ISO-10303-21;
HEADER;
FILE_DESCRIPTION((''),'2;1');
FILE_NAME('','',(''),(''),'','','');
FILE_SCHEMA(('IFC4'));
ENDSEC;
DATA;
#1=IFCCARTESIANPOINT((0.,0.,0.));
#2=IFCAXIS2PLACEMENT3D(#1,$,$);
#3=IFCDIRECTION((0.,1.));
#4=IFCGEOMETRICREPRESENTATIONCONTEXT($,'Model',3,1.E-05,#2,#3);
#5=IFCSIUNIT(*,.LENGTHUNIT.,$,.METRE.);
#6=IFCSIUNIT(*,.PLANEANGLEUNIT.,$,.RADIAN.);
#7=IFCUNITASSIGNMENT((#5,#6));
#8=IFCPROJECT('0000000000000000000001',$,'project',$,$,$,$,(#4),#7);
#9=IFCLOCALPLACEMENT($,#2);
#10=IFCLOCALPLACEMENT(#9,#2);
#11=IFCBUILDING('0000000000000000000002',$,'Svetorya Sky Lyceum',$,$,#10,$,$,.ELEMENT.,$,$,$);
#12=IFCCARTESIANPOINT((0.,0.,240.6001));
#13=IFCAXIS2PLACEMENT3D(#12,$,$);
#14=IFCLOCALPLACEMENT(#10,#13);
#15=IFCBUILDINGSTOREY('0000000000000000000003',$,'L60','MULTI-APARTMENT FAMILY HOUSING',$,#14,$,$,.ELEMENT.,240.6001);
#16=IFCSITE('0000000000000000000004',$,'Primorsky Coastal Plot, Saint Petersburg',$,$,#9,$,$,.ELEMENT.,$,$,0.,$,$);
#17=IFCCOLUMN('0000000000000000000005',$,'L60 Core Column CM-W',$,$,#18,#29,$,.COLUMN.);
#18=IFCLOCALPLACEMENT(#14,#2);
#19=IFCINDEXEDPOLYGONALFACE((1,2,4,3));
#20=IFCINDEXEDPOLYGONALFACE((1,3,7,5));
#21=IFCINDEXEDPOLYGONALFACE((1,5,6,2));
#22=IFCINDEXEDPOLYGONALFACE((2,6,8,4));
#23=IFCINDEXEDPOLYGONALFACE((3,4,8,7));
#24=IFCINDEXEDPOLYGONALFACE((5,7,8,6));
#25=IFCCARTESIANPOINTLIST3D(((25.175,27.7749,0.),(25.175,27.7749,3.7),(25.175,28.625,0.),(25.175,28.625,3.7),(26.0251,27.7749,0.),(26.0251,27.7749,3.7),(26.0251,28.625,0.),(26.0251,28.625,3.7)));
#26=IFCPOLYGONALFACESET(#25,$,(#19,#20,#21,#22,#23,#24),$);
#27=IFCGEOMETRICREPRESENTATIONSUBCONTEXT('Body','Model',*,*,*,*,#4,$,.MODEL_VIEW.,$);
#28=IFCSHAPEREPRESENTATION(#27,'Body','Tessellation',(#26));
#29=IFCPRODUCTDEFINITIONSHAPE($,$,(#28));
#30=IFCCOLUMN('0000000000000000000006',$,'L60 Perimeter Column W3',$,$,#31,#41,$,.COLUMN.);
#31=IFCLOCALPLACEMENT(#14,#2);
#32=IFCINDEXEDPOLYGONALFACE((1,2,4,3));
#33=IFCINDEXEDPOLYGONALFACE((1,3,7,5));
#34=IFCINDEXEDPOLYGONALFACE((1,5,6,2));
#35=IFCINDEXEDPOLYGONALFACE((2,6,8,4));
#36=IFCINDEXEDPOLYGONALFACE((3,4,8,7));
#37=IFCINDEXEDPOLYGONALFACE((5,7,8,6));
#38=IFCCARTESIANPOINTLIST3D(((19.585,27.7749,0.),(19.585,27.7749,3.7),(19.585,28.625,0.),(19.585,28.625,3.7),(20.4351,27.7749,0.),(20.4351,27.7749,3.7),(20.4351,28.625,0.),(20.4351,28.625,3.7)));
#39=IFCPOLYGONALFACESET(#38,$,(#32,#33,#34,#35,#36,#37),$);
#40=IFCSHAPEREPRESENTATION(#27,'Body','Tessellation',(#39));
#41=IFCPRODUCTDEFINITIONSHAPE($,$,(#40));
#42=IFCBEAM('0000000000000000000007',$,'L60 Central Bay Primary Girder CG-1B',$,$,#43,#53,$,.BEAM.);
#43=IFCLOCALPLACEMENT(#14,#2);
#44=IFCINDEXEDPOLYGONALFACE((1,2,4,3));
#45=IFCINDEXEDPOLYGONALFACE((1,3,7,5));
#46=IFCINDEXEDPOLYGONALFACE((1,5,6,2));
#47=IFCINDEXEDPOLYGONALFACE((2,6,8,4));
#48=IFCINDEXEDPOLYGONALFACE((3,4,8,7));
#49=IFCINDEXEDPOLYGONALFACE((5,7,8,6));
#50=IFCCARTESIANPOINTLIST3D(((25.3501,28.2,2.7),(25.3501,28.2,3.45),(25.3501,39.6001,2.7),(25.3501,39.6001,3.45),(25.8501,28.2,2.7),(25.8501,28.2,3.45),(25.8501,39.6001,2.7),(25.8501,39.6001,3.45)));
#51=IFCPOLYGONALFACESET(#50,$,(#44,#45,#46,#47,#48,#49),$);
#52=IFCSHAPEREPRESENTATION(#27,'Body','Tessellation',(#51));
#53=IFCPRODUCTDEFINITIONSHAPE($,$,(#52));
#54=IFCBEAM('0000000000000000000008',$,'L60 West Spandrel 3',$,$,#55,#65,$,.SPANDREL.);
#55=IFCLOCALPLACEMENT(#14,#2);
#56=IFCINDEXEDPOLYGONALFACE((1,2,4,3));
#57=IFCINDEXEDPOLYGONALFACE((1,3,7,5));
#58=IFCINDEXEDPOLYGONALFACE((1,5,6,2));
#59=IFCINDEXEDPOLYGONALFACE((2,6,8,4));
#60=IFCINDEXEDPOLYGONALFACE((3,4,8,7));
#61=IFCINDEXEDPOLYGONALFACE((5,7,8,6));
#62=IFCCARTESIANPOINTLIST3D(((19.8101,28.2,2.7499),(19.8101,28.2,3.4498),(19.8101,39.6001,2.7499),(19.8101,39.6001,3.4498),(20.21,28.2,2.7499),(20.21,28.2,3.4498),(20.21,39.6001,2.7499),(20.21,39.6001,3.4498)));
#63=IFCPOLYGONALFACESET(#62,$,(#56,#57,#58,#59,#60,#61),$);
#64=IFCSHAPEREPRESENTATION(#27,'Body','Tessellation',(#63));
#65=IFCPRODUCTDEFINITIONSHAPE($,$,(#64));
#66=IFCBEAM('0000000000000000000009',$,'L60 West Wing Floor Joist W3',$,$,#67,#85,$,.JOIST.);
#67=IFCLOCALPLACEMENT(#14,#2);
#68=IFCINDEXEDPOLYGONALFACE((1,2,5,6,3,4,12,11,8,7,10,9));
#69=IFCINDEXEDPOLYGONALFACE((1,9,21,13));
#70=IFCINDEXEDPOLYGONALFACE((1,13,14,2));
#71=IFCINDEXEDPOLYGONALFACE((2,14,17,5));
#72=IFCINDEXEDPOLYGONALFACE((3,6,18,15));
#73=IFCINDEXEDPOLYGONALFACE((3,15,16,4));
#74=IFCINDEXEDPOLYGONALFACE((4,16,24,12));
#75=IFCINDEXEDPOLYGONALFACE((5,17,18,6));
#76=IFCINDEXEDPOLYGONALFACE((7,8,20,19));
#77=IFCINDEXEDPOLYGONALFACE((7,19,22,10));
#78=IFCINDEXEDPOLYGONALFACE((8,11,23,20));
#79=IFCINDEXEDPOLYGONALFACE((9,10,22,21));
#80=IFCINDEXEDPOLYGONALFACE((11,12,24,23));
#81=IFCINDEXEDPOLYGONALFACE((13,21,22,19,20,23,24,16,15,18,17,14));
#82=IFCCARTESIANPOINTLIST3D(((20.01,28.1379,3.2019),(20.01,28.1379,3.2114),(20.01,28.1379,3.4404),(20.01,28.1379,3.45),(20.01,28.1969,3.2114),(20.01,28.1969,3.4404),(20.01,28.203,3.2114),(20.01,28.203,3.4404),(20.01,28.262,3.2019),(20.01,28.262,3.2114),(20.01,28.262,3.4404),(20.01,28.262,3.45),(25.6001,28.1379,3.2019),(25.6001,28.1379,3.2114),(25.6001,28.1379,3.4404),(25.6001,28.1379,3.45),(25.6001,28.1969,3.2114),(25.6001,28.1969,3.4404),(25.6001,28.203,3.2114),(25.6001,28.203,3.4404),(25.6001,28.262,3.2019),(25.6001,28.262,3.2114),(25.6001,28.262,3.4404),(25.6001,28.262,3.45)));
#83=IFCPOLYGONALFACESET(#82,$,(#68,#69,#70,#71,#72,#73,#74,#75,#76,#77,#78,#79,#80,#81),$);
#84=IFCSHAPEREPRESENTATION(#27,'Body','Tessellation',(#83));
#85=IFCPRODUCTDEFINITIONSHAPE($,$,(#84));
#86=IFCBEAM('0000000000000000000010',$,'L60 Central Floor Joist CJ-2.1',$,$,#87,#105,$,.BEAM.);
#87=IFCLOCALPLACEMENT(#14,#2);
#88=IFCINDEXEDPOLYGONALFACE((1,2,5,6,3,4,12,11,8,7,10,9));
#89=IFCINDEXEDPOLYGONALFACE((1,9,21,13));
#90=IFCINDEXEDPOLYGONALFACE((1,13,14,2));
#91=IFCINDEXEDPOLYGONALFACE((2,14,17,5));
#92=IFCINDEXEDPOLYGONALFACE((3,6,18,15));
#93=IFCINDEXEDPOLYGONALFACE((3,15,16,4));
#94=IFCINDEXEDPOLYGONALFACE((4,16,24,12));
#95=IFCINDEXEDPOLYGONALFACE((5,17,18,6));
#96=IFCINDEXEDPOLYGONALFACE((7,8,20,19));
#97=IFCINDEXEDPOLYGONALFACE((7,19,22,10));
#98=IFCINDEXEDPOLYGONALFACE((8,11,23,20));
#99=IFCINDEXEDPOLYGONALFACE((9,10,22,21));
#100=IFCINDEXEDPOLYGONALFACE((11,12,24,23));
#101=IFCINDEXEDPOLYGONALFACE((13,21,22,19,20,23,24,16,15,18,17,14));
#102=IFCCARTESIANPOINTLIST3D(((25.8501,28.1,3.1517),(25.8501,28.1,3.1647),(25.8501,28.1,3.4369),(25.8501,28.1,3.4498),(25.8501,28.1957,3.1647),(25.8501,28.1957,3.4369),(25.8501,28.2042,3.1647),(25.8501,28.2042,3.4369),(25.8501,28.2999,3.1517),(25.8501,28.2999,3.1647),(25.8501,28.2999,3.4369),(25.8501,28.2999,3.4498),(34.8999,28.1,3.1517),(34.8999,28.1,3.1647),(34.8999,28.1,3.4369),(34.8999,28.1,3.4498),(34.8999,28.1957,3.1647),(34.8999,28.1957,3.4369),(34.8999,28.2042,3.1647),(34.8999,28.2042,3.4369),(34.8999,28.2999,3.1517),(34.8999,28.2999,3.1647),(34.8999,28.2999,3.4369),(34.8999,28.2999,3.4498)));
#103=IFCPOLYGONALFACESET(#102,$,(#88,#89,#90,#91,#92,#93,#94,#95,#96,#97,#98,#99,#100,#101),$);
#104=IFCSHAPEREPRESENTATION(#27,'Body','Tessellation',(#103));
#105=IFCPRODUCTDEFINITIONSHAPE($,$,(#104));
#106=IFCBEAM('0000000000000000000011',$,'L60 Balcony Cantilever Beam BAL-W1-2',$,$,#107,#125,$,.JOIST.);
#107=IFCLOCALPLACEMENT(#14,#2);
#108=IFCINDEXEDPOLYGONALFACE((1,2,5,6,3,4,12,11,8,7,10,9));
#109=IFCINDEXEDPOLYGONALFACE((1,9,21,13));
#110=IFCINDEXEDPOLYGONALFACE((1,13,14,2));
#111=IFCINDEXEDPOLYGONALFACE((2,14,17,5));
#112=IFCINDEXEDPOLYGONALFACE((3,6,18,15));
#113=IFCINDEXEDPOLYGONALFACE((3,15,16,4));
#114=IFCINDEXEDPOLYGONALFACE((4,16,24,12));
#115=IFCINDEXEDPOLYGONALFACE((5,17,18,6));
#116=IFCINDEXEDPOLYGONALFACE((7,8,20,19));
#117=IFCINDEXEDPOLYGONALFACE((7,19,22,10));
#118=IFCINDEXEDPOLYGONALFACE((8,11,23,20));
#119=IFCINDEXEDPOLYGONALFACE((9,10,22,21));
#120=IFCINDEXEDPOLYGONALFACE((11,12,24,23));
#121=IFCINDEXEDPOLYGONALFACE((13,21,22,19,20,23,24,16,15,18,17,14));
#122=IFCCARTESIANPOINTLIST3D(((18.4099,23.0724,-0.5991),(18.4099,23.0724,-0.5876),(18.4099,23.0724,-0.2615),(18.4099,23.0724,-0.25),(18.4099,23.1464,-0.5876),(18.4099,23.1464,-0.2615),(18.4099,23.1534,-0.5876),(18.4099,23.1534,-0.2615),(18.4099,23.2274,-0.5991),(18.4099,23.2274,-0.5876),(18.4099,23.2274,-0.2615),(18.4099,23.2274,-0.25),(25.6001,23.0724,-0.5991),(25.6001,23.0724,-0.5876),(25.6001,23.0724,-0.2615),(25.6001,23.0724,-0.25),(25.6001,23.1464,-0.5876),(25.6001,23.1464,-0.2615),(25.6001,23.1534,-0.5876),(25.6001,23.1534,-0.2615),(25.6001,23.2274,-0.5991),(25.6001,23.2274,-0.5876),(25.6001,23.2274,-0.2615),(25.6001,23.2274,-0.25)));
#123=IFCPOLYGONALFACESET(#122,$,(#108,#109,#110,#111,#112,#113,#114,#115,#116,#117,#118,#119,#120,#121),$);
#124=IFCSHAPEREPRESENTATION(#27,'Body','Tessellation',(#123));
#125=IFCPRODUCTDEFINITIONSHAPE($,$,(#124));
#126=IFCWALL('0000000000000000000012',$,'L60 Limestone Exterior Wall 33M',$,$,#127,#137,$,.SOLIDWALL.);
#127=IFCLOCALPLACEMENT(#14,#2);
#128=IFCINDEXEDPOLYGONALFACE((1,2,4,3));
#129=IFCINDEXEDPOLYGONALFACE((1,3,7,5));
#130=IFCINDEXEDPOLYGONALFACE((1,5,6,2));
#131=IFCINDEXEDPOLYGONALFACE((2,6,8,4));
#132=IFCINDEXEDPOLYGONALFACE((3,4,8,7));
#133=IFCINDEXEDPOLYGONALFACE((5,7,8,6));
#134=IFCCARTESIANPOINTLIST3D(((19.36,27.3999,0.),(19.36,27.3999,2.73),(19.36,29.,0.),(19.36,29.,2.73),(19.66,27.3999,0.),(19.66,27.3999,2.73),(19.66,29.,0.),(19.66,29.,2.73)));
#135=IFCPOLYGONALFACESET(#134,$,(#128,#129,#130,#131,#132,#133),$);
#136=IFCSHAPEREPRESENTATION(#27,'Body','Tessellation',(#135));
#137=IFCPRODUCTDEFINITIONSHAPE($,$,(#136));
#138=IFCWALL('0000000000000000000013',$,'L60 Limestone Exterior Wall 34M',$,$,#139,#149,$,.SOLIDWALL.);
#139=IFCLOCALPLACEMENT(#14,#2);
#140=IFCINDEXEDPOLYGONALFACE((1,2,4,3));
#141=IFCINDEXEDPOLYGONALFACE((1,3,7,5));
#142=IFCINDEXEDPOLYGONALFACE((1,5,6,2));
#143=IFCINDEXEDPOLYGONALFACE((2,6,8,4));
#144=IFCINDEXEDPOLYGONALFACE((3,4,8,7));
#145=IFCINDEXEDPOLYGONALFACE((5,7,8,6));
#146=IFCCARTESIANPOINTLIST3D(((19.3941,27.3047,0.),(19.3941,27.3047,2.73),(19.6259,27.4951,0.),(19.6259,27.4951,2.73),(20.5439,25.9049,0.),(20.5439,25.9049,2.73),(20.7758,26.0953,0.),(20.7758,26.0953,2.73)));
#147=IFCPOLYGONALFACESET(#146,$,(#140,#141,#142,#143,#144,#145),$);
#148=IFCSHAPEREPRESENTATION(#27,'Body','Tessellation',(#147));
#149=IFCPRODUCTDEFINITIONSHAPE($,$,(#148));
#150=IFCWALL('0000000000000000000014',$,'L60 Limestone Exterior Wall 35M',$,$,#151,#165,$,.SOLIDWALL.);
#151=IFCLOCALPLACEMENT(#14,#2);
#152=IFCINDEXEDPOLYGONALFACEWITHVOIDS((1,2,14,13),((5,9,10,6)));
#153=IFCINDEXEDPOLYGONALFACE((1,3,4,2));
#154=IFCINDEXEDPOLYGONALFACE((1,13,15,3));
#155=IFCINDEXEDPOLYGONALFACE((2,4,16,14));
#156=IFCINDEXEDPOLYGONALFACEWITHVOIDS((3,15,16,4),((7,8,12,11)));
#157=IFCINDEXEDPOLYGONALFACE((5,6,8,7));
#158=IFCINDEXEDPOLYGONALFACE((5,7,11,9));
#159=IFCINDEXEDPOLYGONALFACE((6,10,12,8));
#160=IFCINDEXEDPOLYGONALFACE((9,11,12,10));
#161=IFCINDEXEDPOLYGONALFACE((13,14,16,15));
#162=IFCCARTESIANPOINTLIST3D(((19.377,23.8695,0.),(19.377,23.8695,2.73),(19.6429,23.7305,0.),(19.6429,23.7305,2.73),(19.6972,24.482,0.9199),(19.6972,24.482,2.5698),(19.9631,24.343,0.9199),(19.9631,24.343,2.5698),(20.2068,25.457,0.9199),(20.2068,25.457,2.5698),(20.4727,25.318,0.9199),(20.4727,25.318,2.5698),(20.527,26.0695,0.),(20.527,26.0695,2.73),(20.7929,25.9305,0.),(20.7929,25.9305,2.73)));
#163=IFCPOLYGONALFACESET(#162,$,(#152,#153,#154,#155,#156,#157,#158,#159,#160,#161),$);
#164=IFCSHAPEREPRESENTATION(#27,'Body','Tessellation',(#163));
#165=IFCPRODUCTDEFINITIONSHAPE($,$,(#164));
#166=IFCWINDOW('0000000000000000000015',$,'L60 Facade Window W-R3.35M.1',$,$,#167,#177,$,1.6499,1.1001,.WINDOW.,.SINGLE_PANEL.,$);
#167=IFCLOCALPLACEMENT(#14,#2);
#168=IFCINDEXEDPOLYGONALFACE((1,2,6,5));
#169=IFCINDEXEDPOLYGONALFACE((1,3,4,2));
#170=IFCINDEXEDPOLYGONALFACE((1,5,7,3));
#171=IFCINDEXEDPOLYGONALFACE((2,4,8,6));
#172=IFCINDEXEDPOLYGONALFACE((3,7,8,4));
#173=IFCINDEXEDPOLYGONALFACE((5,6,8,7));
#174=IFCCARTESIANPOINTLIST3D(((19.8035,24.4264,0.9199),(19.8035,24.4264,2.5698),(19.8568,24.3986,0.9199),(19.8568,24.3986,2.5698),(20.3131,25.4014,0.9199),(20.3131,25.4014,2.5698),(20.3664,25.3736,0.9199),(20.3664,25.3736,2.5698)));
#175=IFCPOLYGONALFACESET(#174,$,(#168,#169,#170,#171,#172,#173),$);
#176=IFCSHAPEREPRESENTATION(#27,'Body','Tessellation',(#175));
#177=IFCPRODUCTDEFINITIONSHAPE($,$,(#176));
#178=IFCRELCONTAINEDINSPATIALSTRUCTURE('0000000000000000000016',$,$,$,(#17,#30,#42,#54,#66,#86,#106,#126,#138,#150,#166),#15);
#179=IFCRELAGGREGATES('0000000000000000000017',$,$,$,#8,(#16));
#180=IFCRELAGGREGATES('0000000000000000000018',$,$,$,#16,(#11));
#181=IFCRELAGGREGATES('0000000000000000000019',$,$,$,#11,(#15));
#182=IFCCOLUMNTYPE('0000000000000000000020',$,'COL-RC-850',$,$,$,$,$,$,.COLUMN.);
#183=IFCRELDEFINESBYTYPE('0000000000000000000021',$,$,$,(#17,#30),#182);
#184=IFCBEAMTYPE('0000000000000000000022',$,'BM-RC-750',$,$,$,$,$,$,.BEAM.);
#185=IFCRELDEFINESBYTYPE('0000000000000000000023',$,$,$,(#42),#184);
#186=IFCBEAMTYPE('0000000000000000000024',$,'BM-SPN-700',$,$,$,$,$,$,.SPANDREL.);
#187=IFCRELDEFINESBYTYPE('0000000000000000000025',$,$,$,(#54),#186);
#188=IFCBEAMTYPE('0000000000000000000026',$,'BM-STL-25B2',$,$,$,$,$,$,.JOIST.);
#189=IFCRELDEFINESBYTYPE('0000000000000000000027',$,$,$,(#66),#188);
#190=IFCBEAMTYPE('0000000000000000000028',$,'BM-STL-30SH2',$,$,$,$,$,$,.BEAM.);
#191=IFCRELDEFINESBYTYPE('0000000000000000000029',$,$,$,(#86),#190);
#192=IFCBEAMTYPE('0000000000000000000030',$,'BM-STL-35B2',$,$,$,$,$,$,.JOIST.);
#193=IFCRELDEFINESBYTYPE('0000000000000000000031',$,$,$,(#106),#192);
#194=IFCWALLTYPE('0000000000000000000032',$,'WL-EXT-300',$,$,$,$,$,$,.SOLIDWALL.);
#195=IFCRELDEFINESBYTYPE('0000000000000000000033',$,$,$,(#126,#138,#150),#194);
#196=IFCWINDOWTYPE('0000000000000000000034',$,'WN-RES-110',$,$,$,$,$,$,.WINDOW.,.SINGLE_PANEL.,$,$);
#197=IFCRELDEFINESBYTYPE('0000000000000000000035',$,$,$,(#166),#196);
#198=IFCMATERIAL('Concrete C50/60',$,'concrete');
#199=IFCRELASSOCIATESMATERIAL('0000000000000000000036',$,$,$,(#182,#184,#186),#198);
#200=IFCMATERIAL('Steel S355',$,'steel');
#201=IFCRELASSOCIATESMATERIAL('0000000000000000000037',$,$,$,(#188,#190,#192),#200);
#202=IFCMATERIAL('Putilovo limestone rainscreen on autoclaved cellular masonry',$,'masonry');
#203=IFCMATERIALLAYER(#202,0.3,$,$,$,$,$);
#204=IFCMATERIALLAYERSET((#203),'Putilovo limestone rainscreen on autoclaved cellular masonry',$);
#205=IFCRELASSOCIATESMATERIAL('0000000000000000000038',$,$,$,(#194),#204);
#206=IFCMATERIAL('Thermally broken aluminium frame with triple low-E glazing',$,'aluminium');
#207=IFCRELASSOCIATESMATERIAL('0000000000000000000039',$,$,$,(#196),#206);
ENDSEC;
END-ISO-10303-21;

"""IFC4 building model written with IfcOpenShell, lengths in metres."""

from ifc_helpers import new_model, si_unit, direction, frame, frame_2d, origin, origin_2d, place, context, subcontext, project, spatial, rectangle, i_section, extrude, material, layer, layer_set, material_profile, profile_set, type_object, element, fill, save


model = new_model("IFC4")

# Units and contexts
model_context = context("Model", 3, precision=1e-05, world=origin(), true_north=direction((0.0, 1.0)))
body_context = subcontext(model_context, "Body", "Model", "MODEL_VIEW")
ifc_project = project(units=[si_unit("LENGTHUNIT", "METRE"), si_unit("PLANEANGLEUNIT", "RADIAN")], contexts=[model_context])

# Site, building, storey
site_placement = place(None, origin())
site = spatial("IfcSite", under=ifc_project, at=site_placement, Name="Primorsky Coastal Plot, Saint Petersburg", CompositionType="ELEMENT", RefElevation=0.0)
building_placement = place(site_placement, origin())
building = spatial("IfcBuilding", under=site, at=building_placement, Name="Svetorya Sky Lyceum", CompositionType="ELEMENT")
storey_placement = place(building_placement, frame((0.0, 0.0, 240.6001)))
storey = spatial("IfcBuildingStorey", under=building, at=storey_placement, Name="L60", Description="MULTI-APARTMENT FAMILY HOUSING", CompositionType="ELEMENT", Elevation=240.6001)

# Columns
ifc_material_1 = material(Name="Concrete C50/60", Category="concrete")
ifc_material_profile_1 = material_profile(ifc_material_1, rectangle(XDim=0.8501, YDim=0.8501, at=origin_2d()), Name="RC COL 850x850")
ifc_profile_set_1 = profile_set([ifc_material_profile_1], Name="Concrete C50/60")
column_type = type_object("IfcColumnType", Name="COL-RC-850", PredefinedType="COLUMN", material=ifc_profile_set_1)
for number, where, z_axis, x_axis, name in (
    (1, (25.6001, 28.2, 0.0), (0.0, 0.0, 1.0), (1.0, 0.0, 0.0), "L60 Core Column CM-W"),
    (2, (20.01, 28.2, 0.0), (0.0, 0.0, 1.0), (1.0, 0.0, 0.0), "L60 Perimeter Column W3"),
):
    element("IfcColumn", number, at=place(storey_placement, frame(where, z_axis=z_axis, x_axis=x_axis)), inside=storey, type_object=column_type, Name=name, PredefinedType="COLUMN", context=body_context, shape_type="SweptSolid", body=[
        extrude(rectangle(XDim=0.8501, YDim=0.8501, at=origin_2d()), origin(), (0.0, 0.0, 1.0), 3.7),
    ])

# Beams
ifc_material_profile_2 = material_profile(ifc_material_1, rectangle(XDim=0.5, YDim=0.75, at=origin_2d()), Name="RC BEAM 500x750")
ifc_profile_set_2 = profile_set([ifc_material_profile_2], Name="Concrete C50/60")
beam_type_1 = type_object("IfcBeamType", Name="BM-RC-750", PredefinedType="BEAM", material=ifc_profile_set_2)
beam_1_placement = place(storey_placement, frame((25.6001, 28.2, 3.075), z_axis=(0.0, 1.0, 0.0), x_axis=(-1.0, 0.0, 0.0)))
element("IfcBeam", 3, at=beam_1_placement, inside=storey, type_object=beam_type_1, Name="L60 Central Bay Primary Girder CG-1B", PredefinedType="BEAM", context=body_context, shape_type="SweptSolid", body=[
    extrude(rectangle(XDim=0.5, YDim=0.75, at=origin_2d()), origin(), (0.0, 0.0, 1.0), 11.4001),
])
ifc_material_profile_3 = material_profile(ifc_material_1, rectangle(XDim=0.3999, YDim=0.7, at=origin_2d()), Name="RC SPANDREL 400x700")
ifc_profile_set_3 = profile_set([ifc_material_profile_3], Name="Concrete C50/60")
beam_type_2 = type_object("IfcBeamType", Name="BM-SPN-700", PredefinedType="SPANDREL", material=ifc_profile_set_3)
beam_2_placement = place(storey_placement, frame((20.01, 28.2, 3.0999), z_axis=(0.0, 1.0, 0.0), x_axis=(-1.0, 0.0, 0.0)))
element("IfcBeam", 4, at=beam_2_placement, inside=storey, type_object=beam_type_2, Name="L60 West Spandrel 3", PredefinedType="SPANDREL", context=body_context, shape_type="SweptSolid", body=[
    extrude(rectangle(XDim=0.3999, YDim=0.7, at=origin_2d()), origin(), (0.0, 0.0, 1.0), 11.4001),
])
ifc_material_2 = material(Name="Steel S355", Category="steel")
ifc_material_profile_4 = material_profile(ifc_material_2, i_section(OverallWidth=0.124, OverallDepth=0.248, WebThickness=0.0061, FlangeThickness=0.0095, at=origin_2d()), Name="GOST 25B2")
ifc_profile_set_4 = profile_set([ifc_material_profile_4], Name="Steel S355")
beam_type_3 = type_object("IfcBeamType", Name="BM-STL-25B2", PredefinedType="JOIST", material=ifc_profile_set_4)
beam_3_placement = place(storey_placement, frame((20.01, 28.2, 3.3259), z_axis=(1.0, 0.0, 0.0), x_axis=(0.0, 1.0, 0.0)))
element("IfcBeam", 5, at=beam_3_placement, inside=storey, type_object=beam_type_3, Name="L60 West Wing Floor Joist W3", PredefinedType="JOIST", context=body_context, shape_type="SweptSolid", body=[
    extrude(i_section(OverallWidth=0.124, OverallDepth=0.248, WebThickness=0.0061, FlangeThickness=0.0095, at=origin_2d()), origin(), (0.0, 0.0, 1.0), 5.5901),
])
ifc_material_profile_5 = material_profile(ifc_material_2, i_section(OverallWidth=0.2, OverallDepth=0.2981, WebThickness=0.0085, FlangeThickness=0.0129, at=origin_2d()), Name="GOST 30Sh2")
ifc_profile_set_5 = profile_set([ifc_material_profile_5], Name="Steel S355")
beam_type_4 = type_object("IfcBeamType", Name="BM-STL-30SH2", PredefinedType="BEAM", material=ifc_profile_set_5)
beam_4_placement = place(storey_placement, frame((25.8501, 28.2, 3.3008), z_axis=(1.0, 0.0, 0.0), x_axis=(0.0, 1.0, 0.0)))
element("IfcBeam", 6, at=beam_4_placement, inside=storey, type_object=beam_type_4, Name="L60 Central Floor Joist CJ-2.1", PredefinedType="BEAM", context=body_context, shape_type="SweptSolid", body=[
    extrude(i_section(OverallWidth=0.2, OverallDepth=0.2981, WebThickness=0.0085, FlangeThickness=0.0129, at=origin_2d()), origin(), (0.0, 0.0, 1.0), 9.0498),
])
ifc_material_profile_6 = material_profile(ifc_material_2, i_section(OverallWidth=0.155, OverallDepth=0.3491, WebThickness=0.0071, FlangeThickness=0.0115, at=origin_2d()), Name="GOST 35B2")
ifc_profile_set_6 = profile_set([ifc_material_profile_6], Name="Steel S355")
beam_type_5 = type_object("IfcBeamType", Name="BM-STL-35B2", PredefinedType="JOIST", material=ifc_profile_set_6)
beam_5_placement = place(storey_placement, frame((25.6001, 23.1499, -0.4246), z_axis=(-1.0, 0.0, 0.0), x_axis=(0.0, -1.0, 0.0)))
element("IfcBeam", 7, at=beam_5_placement, inside=storey, type_object=beam_type_5, Name="L60 Balcony Cantilever Beam BAL-W1-2", PredefinedType="JOIST", context=body_context, shape_type="SweptSolid", body=[
    extrude(i_section(OverallWidth=0.155, OverallDepth=0.3491, WebThickness=0.0071, FlangeThickness=0.0115, at=origin_2d()), origin(), (0.0, 0.0, 1.0), 7.1902),
])

# Walls
ifc_material_3 = material(Name="Putilovo limestone rainscreen on autoclaved cellular masonry", Category="masonry")
ifc_layer_1 = layer(ifc_material_3, 0.3)
ifc_layer_set_1 = layer_set([ifc_layer_1], Name="Putilovo limestone rainscreen on autoclaved cellular masonry")
wall_type_1 = type_object("IfcWallType", Name="WL-EXT-300", PredefinedType="SOLIDWALL", material=ifc_layer_set_1)
wall_1_placement = place(storey_placement, frame((19.51, 29.0, 0.0), z_axis=(0.0, 0.0, 1.0), x_axis=(0.0, -1.0, 0.0)))
element("IfcWall", 8, at=wall_1_placement, inside=storey, type_object=wall_type_1, Name="L60 Limestone Exterior Wall 33M", PredefinedType="SOLIDWALL", context=body_context, shape_type="SweptSolid", body=[
    extrude(rectangle(XDim=1.6001, YDim=0.3, at=frame_2d((0.8, 0.0))), origin(), (0.0, 0.0, 1.0), 2.73),
])
wall_2_placement = place(storey_placement, frame((19.51, 27.3999, 0.0), z_axis=(0.0, 0.0, 1.0), x_axis=(0.634734, -0.772731, 0.0)))
element("IfcWall", 9, at=wall_2_placement, inside=storey, type_object=wall_type_1, Name="L60 Limestone Exterior Wall 34M", PredefinedType="SOLIDWALL", context=body_context, shape_type="SweptSolid", body=[
    extrude(rectangle(XDim=1.8115, YDim=0.3, at=frame_2d((0.9058, 0.0))), origin(), (0.0, 0.0, 1.0), 2.73),
])

# Wall, opening, window
wall_3_placement = place(storey_placement, frame((20.6599, 26.0, 0.0), z_axis=(0.0, 0.0, 1.0), x_axis=(-0.463231, -0.886237, 0.0)))
wall_3 = element("IfcWall", 10, at=wall_3_placement, inside=storey, type_object=wall_type_1, Name="L60 Limestone Exterior Wall 35M", PredefinedType="SOLIDWALL", context=body_context, shape_type="SweptSolid", body=[
    extrude(rectangle(XDim=2.4824, YDim=0.3, at=frame_2d((1.2412, 0.0))), origin(), (0.0, 0.0, 1.0), 2.73),
])
opening_1_placement = place(wall_3_placement, frame((0.6912, 0.0, 0.9199)))
opening_1 = element("IfcOpeningElement", 11, at=opening_1_placement, cuts=wall_3, PredefinedType="OPENING", context=body_context, shape_type="SweptSolid", body=[
    extrude(rectangle(XDim=1.1001, YDim=1.6499, at=frame_2d((0.55, 0.825))), frame((0.0, 0.1599, 0.0), z_axis=(0.0, -1.0, 0.0), x_axis=(1.0, 0.0, 0.0)), (0.0, 0.0, 1.0), 0.3201),
])
ifc_material_4 = material(Name="Thermally broken aluminium frame with triple low-E glazing", Category="aluminium")
window_type = type_object("IfcWindowType", Name="WN-RES-110", PartitioningType="SINGLE_PANEL", PredefinedType="WINDOW", material=ifc_material_4)
window_placement = place(opening_1_placement, origin())
window = element("IfcWindow", 12, at=window_placement, inside=storey, type_object=window_type, Name="L60 Facade Window W-R3.35M.1", OverallHeight=1.6499, OverallWidth=1.1001, PartitioningType="SINGLE_PANEL", PredefinedType="WINDOW", context=body_context, shape_type="SweptSolid", body=[
    extrude(rectangle(XDim=1.1001, YDim=1.6499, at=frame_2d((0.55, 0.825))), frame((0.0, 0.03, 0.0), z_axis=(0.0, -1.0, 0.0), x_axis=(1.0, 0.0, 0.0)), (0.0, 0.0, 1.0), 0.0601),
])
fill(opening_1, window)

save(model, "model.ifc")
